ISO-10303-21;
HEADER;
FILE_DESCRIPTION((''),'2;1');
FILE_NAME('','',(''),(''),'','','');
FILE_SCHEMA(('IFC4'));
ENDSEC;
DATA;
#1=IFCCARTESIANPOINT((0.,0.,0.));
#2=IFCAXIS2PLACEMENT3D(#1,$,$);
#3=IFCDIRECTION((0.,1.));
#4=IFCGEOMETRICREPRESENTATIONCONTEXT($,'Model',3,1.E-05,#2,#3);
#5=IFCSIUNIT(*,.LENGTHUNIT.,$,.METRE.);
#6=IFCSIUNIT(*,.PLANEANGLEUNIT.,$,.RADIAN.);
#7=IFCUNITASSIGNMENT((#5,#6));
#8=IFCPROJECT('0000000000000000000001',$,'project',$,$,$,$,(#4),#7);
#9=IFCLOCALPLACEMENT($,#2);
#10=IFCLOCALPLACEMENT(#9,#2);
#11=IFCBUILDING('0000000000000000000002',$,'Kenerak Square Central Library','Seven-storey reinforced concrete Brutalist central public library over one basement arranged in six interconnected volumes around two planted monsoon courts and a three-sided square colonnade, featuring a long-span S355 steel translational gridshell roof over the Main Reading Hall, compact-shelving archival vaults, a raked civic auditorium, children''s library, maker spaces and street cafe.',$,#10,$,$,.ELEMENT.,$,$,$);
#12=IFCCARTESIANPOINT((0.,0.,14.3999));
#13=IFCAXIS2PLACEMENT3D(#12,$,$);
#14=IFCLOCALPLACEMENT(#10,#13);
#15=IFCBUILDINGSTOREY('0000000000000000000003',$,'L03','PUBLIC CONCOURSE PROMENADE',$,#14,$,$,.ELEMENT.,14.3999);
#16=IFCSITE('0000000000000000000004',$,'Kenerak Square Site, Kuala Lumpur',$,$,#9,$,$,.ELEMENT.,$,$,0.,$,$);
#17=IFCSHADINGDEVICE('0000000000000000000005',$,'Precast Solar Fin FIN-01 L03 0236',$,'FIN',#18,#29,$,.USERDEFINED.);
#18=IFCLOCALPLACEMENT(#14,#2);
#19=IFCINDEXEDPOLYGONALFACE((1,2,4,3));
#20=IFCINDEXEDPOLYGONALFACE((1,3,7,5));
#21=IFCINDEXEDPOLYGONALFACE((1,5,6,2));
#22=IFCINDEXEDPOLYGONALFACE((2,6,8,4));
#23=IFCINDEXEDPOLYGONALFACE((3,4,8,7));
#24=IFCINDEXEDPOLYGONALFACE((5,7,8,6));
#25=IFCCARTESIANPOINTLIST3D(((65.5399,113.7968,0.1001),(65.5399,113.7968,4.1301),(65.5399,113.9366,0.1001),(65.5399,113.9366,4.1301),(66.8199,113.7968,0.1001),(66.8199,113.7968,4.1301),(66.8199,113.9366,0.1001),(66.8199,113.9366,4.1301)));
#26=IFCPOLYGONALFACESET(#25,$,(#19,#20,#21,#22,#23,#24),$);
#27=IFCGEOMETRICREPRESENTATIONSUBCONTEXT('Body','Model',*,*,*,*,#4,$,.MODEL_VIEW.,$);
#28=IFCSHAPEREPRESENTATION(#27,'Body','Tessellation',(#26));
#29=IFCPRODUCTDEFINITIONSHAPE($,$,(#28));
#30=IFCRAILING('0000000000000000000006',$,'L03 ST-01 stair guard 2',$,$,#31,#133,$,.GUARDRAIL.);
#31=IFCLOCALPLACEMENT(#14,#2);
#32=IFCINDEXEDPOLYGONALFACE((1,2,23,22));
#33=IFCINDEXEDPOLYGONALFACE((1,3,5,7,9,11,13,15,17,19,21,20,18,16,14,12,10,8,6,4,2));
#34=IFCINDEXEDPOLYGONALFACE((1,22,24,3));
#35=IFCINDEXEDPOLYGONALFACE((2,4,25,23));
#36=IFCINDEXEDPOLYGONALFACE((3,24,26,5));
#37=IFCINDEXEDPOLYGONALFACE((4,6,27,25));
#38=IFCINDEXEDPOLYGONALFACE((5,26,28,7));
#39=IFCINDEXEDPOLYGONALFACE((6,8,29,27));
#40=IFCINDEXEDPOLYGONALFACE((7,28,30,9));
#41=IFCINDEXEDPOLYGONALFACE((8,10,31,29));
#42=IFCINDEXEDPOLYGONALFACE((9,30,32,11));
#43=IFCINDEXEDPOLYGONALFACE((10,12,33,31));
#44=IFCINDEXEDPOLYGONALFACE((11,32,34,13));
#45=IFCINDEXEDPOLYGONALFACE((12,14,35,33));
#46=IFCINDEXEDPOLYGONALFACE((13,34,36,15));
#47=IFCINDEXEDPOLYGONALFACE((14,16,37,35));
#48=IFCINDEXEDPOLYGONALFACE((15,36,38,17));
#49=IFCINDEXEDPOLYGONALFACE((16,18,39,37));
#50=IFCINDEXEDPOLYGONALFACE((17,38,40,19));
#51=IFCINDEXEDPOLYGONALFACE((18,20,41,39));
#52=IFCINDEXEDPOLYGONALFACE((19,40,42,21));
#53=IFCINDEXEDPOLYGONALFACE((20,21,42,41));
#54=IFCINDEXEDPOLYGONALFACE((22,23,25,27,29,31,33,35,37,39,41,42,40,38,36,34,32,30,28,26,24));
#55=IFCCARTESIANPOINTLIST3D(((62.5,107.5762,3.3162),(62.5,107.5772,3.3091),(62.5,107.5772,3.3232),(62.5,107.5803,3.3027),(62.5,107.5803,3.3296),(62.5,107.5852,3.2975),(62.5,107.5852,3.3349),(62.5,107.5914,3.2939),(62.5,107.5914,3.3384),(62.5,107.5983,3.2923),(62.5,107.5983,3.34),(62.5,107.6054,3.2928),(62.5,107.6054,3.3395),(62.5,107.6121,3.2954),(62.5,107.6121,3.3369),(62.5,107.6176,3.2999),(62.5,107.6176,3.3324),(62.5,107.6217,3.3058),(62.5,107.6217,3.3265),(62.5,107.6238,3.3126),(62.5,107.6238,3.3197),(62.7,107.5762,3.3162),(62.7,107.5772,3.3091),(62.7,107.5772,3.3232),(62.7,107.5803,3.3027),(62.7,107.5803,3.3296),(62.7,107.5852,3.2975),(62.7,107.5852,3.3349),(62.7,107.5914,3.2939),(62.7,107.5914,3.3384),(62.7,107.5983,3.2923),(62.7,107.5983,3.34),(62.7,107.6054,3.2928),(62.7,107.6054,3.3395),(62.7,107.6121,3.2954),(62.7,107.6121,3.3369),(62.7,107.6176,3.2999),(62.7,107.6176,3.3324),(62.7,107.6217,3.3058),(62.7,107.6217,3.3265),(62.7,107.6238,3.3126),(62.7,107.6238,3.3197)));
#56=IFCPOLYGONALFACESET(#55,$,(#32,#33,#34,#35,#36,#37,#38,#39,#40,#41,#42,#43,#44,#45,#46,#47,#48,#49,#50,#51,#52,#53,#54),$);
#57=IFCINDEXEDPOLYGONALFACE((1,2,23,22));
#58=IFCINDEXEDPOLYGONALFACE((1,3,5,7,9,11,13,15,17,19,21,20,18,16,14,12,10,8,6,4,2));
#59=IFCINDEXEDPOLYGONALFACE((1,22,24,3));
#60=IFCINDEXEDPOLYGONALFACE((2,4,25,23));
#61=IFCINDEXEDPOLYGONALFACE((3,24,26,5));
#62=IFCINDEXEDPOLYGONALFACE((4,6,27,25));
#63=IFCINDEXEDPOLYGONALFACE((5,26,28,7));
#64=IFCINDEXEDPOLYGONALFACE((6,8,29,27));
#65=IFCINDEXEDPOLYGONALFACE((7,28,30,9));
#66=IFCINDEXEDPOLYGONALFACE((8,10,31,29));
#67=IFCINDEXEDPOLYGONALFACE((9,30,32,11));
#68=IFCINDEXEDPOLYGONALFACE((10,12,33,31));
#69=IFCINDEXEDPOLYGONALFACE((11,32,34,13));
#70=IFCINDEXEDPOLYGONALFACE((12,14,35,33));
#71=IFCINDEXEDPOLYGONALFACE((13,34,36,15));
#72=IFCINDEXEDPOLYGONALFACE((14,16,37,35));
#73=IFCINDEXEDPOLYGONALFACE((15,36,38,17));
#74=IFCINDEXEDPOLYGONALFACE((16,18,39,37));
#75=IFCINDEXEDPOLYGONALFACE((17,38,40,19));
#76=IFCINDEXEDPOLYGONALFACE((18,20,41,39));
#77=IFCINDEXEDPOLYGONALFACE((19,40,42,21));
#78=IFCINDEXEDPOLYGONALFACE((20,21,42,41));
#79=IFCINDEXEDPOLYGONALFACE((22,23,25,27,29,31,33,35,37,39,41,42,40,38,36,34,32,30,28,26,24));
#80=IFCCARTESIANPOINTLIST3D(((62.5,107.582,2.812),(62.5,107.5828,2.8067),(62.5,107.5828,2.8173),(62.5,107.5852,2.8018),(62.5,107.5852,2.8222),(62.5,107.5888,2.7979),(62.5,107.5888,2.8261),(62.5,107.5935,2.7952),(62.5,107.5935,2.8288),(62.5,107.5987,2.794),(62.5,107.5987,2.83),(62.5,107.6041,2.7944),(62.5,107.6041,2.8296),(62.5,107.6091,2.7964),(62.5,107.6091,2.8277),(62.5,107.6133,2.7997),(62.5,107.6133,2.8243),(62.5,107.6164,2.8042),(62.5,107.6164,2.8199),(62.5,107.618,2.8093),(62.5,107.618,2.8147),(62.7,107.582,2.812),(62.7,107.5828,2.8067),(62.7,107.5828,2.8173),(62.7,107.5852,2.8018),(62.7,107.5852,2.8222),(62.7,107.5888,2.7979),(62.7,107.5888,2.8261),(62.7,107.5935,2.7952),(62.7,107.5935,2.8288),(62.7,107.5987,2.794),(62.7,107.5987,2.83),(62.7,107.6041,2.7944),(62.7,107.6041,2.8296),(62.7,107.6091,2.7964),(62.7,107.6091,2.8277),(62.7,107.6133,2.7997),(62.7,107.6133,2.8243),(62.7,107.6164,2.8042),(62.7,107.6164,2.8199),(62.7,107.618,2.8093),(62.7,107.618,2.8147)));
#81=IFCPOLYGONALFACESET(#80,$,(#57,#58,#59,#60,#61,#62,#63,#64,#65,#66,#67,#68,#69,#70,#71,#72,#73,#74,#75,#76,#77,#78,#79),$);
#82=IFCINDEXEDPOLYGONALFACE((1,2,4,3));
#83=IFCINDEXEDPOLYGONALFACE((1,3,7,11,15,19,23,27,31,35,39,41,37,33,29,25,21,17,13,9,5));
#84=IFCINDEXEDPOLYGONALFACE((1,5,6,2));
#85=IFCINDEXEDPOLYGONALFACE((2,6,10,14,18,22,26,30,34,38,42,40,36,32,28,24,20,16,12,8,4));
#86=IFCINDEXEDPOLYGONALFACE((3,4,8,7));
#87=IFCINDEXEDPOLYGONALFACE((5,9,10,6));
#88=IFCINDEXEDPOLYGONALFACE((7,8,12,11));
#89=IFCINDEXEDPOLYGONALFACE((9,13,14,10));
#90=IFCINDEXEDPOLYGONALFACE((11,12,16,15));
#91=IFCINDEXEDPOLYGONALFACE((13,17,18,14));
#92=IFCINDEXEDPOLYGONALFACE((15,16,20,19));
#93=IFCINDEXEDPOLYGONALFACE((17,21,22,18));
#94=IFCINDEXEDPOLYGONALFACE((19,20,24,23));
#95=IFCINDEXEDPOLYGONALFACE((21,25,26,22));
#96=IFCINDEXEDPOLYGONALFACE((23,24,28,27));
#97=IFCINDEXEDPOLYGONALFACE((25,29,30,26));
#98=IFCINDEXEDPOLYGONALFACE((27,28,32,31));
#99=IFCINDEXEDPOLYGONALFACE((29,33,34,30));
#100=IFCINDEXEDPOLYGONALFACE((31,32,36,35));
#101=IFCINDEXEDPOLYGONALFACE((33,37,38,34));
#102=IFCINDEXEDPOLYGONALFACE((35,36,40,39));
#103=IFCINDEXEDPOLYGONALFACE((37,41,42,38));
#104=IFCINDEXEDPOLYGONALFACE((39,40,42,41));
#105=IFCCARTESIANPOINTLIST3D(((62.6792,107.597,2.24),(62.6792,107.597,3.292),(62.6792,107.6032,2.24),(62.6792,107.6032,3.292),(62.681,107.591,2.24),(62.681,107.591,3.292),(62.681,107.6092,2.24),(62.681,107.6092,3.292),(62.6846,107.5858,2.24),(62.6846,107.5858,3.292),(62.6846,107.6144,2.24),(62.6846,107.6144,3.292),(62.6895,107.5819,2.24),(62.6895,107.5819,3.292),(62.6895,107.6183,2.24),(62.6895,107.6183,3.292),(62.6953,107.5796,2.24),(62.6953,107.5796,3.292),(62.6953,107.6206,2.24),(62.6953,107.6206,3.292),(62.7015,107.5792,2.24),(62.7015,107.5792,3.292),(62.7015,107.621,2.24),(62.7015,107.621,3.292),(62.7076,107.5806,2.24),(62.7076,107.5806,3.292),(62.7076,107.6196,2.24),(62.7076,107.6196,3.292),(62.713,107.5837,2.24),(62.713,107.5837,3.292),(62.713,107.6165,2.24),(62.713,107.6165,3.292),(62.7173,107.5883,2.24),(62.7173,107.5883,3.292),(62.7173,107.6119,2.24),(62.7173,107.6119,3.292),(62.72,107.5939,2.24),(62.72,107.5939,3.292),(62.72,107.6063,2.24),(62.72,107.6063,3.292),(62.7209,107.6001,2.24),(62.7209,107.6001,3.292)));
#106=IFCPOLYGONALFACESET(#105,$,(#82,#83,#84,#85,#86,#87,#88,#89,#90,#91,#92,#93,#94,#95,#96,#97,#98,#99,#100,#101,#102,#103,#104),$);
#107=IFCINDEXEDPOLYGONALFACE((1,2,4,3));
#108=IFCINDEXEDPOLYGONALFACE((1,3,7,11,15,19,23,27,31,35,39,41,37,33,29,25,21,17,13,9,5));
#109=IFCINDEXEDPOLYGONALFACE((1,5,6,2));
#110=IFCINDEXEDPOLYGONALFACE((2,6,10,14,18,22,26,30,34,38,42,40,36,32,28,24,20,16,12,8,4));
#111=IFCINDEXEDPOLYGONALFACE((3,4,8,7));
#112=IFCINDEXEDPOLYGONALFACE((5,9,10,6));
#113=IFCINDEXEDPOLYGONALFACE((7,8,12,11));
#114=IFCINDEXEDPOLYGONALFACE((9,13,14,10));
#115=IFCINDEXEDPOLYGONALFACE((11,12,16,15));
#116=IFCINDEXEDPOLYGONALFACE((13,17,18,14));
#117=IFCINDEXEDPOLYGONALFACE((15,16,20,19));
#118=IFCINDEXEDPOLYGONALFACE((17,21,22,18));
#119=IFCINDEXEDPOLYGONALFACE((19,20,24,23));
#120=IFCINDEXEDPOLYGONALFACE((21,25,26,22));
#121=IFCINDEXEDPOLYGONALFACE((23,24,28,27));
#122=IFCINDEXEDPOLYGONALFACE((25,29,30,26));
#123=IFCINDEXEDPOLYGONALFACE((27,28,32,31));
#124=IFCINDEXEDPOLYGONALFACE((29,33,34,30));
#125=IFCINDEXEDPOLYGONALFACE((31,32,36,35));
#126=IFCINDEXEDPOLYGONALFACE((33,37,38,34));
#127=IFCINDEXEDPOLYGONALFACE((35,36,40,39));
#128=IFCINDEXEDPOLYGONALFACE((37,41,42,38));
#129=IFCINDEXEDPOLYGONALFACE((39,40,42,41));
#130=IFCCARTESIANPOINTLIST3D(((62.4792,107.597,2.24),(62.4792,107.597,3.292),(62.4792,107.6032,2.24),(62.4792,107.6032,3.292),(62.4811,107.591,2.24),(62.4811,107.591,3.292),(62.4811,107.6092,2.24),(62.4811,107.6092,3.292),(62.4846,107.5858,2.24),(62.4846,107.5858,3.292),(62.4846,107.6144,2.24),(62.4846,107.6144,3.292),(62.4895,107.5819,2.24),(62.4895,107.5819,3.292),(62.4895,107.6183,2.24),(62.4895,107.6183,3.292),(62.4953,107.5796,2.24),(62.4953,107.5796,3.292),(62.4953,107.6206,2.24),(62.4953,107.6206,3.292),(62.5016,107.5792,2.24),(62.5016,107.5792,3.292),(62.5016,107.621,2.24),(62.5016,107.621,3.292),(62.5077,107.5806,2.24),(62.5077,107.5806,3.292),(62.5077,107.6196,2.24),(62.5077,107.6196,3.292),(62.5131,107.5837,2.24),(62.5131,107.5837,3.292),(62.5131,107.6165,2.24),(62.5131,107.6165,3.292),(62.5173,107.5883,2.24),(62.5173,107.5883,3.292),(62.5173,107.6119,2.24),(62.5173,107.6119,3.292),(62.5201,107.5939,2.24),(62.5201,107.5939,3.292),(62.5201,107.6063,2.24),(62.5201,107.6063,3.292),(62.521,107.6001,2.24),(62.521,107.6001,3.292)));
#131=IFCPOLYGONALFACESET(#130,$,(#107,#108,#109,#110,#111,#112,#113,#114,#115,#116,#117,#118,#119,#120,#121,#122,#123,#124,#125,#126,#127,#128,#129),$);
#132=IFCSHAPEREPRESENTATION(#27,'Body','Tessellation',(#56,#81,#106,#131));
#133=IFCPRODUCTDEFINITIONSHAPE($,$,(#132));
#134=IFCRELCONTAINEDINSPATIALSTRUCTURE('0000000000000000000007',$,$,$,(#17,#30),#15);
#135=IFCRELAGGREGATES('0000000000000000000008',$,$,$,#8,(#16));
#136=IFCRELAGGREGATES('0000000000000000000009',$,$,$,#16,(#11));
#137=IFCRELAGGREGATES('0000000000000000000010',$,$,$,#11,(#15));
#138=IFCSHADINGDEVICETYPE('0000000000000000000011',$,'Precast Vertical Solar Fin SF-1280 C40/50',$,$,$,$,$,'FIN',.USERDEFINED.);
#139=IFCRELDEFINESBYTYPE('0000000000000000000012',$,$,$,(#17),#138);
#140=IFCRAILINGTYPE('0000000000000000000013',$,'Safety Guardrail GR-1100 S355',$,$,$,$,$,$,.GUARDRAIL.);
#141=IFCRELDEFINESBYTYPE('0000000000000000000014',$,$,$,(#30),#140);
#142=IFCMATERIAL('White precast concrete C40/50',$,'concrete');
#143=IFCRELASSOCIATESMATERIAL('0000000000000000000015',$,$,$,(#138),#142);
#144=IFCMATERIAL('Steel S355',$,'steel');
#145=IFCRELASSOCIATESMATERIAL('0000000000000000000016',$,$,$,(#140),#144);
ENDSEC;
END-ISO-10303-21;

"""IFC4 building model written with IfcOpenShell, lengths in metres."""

from ifc_helpers import new_model, si_unit, direction, frame, origin, origin_2d, place, context, subcontext, project, spatial, rectangle, circle, extrude, material, type_object, element, save


model = new_model("IFC4")

# Units and contexts
model_context = context("Model", 3, precision=1e-05, world=origin(), true_north=direction((0.0, 1.0)))
body_context = subcontext(model_context, "Body", "Model", "MODEL_VIEW")
ifc_project = project(units=[si_unit("LENGTHUNIT", "METRE"), si_unit("PLANEANGLEUNIT", "RADIAN")], contexts=[model_context])

# Site, building, storey
site_placement = place(None, origin())
site = spatial("IfcSite", under=ifc_project, at=site_placement, Name="Kenerak Square Site, Kuala Lumpur", CompositionType="ELEMENT", RefElevation=0.0)
building_placement = place(site_placement, origin())
building = spatial("IfcBuilding", under=site, at=building_placement, Name="Kenerak Square Central Library", Description="Seven-storey reinforced concrete Brutalist central public library over one basement arranged in six interconnected volumes around two planted monsoon courts and a three-sided square colonnade, featuring a long-span S355 steel translational gridshell roof over the Main Reading Hall, compact-shelving archival vaults, a raked civic auditorium, children's library, maker spaces and street cafe.", CompositionType="ELEMENT")
storey_placement = place(building_placement, frame((0.0, 0.0, 14.3999)))
storey = spatial("IfcBuildingStorey", under=building, at=storey_placement, Name="L03", Description="PUBLIC CONCOURSE PROMENADE", CompositionType="ELEMENT", Elevation=14.3999)

# Shared definitions
ifc_material_1 = material(Name="Steel S355", Category="steel")

# Shading device
ifc_material_2 = material(Name="White precast concrete C40/50", Category="concrete")
shading_device_type = type_object("IfcShadingDeviceType", Name="Precast Vertical Solar Fin SF-1280 C40/50", ElementType="FIN", PredefinedType="USERDEFINED", material=ifc_material_2)
for number, where, z_axis, x_axis, name in (
    (1, (66.1799, 113.8667, 0.1001), (0.0, 0.0, 1.0), (0.0, 1.0, 0.0), "Precast Solar Fin FIN-01 L03 0236"),
):
    element("IfcShadingDevice", number, at=place(storey_placement, frame(where, z_axis=z_axis, x_axis=x_axis)), inside=storey, type_object=shading_device_type, Name=name, ObjectType="FIN", PredefinedType="USERDEFINED", context=body_context, shape_type="SweptSolid", body=[
        extrude(rectangle(XDim=0.1399, YDim=1.28, at=origin_2d()), origin(), (0.0, 0.0, 1.0), 4.03),
    ])

# Railing
railing_type_1 = type_object("IfcRailingType", Name="Safety Guardrail GR-1100 S355", PredefinedType="GUARDRAIL", material=ifc_material_1)
railing_1_placement = place(storey_placement, frame((62.7, 107.6001, 2.24)))
element("IfcRailing", 2, at=railing_1_placement, inside=storey, type_object=railing_type_1, Name="L03 ST-01 stair guard 2", PredefinedType="GUARDRAIL", context=body_context, shape_type="SweptSolid", body=[
    extrude(circle(Radius=0.0239, at=origin_2d()), frame((0.0, 0.0, 1.0762), z_axis=(-1.0, 0.0, 0.0), x_axis=(0.0, -1.0, 0.0)), (0.0, 0.0, 1.0), 0.2),
    extrude(circle(Radius=0.0181, at=origin_2d()), frame((0.0, 0.0, 0.572), z_axis=(-1.0, 0.0, 0.0), x_axis=(0.0, -1.0, 0.0)), (0.0, 0.0, 1.0), 0.2),
    extrude(circle(Radius=0.021, at=origin_2d()), origin(), (0.0, 0.0, 1.0), 1.052),
    extrude(circle(Radius=0.021, at=origin_2d()), frame((-0.2, 0.0, 0.0)), (0.0, 0.0, 1.0), 1.052),
])

save(model, "model.ifc")
